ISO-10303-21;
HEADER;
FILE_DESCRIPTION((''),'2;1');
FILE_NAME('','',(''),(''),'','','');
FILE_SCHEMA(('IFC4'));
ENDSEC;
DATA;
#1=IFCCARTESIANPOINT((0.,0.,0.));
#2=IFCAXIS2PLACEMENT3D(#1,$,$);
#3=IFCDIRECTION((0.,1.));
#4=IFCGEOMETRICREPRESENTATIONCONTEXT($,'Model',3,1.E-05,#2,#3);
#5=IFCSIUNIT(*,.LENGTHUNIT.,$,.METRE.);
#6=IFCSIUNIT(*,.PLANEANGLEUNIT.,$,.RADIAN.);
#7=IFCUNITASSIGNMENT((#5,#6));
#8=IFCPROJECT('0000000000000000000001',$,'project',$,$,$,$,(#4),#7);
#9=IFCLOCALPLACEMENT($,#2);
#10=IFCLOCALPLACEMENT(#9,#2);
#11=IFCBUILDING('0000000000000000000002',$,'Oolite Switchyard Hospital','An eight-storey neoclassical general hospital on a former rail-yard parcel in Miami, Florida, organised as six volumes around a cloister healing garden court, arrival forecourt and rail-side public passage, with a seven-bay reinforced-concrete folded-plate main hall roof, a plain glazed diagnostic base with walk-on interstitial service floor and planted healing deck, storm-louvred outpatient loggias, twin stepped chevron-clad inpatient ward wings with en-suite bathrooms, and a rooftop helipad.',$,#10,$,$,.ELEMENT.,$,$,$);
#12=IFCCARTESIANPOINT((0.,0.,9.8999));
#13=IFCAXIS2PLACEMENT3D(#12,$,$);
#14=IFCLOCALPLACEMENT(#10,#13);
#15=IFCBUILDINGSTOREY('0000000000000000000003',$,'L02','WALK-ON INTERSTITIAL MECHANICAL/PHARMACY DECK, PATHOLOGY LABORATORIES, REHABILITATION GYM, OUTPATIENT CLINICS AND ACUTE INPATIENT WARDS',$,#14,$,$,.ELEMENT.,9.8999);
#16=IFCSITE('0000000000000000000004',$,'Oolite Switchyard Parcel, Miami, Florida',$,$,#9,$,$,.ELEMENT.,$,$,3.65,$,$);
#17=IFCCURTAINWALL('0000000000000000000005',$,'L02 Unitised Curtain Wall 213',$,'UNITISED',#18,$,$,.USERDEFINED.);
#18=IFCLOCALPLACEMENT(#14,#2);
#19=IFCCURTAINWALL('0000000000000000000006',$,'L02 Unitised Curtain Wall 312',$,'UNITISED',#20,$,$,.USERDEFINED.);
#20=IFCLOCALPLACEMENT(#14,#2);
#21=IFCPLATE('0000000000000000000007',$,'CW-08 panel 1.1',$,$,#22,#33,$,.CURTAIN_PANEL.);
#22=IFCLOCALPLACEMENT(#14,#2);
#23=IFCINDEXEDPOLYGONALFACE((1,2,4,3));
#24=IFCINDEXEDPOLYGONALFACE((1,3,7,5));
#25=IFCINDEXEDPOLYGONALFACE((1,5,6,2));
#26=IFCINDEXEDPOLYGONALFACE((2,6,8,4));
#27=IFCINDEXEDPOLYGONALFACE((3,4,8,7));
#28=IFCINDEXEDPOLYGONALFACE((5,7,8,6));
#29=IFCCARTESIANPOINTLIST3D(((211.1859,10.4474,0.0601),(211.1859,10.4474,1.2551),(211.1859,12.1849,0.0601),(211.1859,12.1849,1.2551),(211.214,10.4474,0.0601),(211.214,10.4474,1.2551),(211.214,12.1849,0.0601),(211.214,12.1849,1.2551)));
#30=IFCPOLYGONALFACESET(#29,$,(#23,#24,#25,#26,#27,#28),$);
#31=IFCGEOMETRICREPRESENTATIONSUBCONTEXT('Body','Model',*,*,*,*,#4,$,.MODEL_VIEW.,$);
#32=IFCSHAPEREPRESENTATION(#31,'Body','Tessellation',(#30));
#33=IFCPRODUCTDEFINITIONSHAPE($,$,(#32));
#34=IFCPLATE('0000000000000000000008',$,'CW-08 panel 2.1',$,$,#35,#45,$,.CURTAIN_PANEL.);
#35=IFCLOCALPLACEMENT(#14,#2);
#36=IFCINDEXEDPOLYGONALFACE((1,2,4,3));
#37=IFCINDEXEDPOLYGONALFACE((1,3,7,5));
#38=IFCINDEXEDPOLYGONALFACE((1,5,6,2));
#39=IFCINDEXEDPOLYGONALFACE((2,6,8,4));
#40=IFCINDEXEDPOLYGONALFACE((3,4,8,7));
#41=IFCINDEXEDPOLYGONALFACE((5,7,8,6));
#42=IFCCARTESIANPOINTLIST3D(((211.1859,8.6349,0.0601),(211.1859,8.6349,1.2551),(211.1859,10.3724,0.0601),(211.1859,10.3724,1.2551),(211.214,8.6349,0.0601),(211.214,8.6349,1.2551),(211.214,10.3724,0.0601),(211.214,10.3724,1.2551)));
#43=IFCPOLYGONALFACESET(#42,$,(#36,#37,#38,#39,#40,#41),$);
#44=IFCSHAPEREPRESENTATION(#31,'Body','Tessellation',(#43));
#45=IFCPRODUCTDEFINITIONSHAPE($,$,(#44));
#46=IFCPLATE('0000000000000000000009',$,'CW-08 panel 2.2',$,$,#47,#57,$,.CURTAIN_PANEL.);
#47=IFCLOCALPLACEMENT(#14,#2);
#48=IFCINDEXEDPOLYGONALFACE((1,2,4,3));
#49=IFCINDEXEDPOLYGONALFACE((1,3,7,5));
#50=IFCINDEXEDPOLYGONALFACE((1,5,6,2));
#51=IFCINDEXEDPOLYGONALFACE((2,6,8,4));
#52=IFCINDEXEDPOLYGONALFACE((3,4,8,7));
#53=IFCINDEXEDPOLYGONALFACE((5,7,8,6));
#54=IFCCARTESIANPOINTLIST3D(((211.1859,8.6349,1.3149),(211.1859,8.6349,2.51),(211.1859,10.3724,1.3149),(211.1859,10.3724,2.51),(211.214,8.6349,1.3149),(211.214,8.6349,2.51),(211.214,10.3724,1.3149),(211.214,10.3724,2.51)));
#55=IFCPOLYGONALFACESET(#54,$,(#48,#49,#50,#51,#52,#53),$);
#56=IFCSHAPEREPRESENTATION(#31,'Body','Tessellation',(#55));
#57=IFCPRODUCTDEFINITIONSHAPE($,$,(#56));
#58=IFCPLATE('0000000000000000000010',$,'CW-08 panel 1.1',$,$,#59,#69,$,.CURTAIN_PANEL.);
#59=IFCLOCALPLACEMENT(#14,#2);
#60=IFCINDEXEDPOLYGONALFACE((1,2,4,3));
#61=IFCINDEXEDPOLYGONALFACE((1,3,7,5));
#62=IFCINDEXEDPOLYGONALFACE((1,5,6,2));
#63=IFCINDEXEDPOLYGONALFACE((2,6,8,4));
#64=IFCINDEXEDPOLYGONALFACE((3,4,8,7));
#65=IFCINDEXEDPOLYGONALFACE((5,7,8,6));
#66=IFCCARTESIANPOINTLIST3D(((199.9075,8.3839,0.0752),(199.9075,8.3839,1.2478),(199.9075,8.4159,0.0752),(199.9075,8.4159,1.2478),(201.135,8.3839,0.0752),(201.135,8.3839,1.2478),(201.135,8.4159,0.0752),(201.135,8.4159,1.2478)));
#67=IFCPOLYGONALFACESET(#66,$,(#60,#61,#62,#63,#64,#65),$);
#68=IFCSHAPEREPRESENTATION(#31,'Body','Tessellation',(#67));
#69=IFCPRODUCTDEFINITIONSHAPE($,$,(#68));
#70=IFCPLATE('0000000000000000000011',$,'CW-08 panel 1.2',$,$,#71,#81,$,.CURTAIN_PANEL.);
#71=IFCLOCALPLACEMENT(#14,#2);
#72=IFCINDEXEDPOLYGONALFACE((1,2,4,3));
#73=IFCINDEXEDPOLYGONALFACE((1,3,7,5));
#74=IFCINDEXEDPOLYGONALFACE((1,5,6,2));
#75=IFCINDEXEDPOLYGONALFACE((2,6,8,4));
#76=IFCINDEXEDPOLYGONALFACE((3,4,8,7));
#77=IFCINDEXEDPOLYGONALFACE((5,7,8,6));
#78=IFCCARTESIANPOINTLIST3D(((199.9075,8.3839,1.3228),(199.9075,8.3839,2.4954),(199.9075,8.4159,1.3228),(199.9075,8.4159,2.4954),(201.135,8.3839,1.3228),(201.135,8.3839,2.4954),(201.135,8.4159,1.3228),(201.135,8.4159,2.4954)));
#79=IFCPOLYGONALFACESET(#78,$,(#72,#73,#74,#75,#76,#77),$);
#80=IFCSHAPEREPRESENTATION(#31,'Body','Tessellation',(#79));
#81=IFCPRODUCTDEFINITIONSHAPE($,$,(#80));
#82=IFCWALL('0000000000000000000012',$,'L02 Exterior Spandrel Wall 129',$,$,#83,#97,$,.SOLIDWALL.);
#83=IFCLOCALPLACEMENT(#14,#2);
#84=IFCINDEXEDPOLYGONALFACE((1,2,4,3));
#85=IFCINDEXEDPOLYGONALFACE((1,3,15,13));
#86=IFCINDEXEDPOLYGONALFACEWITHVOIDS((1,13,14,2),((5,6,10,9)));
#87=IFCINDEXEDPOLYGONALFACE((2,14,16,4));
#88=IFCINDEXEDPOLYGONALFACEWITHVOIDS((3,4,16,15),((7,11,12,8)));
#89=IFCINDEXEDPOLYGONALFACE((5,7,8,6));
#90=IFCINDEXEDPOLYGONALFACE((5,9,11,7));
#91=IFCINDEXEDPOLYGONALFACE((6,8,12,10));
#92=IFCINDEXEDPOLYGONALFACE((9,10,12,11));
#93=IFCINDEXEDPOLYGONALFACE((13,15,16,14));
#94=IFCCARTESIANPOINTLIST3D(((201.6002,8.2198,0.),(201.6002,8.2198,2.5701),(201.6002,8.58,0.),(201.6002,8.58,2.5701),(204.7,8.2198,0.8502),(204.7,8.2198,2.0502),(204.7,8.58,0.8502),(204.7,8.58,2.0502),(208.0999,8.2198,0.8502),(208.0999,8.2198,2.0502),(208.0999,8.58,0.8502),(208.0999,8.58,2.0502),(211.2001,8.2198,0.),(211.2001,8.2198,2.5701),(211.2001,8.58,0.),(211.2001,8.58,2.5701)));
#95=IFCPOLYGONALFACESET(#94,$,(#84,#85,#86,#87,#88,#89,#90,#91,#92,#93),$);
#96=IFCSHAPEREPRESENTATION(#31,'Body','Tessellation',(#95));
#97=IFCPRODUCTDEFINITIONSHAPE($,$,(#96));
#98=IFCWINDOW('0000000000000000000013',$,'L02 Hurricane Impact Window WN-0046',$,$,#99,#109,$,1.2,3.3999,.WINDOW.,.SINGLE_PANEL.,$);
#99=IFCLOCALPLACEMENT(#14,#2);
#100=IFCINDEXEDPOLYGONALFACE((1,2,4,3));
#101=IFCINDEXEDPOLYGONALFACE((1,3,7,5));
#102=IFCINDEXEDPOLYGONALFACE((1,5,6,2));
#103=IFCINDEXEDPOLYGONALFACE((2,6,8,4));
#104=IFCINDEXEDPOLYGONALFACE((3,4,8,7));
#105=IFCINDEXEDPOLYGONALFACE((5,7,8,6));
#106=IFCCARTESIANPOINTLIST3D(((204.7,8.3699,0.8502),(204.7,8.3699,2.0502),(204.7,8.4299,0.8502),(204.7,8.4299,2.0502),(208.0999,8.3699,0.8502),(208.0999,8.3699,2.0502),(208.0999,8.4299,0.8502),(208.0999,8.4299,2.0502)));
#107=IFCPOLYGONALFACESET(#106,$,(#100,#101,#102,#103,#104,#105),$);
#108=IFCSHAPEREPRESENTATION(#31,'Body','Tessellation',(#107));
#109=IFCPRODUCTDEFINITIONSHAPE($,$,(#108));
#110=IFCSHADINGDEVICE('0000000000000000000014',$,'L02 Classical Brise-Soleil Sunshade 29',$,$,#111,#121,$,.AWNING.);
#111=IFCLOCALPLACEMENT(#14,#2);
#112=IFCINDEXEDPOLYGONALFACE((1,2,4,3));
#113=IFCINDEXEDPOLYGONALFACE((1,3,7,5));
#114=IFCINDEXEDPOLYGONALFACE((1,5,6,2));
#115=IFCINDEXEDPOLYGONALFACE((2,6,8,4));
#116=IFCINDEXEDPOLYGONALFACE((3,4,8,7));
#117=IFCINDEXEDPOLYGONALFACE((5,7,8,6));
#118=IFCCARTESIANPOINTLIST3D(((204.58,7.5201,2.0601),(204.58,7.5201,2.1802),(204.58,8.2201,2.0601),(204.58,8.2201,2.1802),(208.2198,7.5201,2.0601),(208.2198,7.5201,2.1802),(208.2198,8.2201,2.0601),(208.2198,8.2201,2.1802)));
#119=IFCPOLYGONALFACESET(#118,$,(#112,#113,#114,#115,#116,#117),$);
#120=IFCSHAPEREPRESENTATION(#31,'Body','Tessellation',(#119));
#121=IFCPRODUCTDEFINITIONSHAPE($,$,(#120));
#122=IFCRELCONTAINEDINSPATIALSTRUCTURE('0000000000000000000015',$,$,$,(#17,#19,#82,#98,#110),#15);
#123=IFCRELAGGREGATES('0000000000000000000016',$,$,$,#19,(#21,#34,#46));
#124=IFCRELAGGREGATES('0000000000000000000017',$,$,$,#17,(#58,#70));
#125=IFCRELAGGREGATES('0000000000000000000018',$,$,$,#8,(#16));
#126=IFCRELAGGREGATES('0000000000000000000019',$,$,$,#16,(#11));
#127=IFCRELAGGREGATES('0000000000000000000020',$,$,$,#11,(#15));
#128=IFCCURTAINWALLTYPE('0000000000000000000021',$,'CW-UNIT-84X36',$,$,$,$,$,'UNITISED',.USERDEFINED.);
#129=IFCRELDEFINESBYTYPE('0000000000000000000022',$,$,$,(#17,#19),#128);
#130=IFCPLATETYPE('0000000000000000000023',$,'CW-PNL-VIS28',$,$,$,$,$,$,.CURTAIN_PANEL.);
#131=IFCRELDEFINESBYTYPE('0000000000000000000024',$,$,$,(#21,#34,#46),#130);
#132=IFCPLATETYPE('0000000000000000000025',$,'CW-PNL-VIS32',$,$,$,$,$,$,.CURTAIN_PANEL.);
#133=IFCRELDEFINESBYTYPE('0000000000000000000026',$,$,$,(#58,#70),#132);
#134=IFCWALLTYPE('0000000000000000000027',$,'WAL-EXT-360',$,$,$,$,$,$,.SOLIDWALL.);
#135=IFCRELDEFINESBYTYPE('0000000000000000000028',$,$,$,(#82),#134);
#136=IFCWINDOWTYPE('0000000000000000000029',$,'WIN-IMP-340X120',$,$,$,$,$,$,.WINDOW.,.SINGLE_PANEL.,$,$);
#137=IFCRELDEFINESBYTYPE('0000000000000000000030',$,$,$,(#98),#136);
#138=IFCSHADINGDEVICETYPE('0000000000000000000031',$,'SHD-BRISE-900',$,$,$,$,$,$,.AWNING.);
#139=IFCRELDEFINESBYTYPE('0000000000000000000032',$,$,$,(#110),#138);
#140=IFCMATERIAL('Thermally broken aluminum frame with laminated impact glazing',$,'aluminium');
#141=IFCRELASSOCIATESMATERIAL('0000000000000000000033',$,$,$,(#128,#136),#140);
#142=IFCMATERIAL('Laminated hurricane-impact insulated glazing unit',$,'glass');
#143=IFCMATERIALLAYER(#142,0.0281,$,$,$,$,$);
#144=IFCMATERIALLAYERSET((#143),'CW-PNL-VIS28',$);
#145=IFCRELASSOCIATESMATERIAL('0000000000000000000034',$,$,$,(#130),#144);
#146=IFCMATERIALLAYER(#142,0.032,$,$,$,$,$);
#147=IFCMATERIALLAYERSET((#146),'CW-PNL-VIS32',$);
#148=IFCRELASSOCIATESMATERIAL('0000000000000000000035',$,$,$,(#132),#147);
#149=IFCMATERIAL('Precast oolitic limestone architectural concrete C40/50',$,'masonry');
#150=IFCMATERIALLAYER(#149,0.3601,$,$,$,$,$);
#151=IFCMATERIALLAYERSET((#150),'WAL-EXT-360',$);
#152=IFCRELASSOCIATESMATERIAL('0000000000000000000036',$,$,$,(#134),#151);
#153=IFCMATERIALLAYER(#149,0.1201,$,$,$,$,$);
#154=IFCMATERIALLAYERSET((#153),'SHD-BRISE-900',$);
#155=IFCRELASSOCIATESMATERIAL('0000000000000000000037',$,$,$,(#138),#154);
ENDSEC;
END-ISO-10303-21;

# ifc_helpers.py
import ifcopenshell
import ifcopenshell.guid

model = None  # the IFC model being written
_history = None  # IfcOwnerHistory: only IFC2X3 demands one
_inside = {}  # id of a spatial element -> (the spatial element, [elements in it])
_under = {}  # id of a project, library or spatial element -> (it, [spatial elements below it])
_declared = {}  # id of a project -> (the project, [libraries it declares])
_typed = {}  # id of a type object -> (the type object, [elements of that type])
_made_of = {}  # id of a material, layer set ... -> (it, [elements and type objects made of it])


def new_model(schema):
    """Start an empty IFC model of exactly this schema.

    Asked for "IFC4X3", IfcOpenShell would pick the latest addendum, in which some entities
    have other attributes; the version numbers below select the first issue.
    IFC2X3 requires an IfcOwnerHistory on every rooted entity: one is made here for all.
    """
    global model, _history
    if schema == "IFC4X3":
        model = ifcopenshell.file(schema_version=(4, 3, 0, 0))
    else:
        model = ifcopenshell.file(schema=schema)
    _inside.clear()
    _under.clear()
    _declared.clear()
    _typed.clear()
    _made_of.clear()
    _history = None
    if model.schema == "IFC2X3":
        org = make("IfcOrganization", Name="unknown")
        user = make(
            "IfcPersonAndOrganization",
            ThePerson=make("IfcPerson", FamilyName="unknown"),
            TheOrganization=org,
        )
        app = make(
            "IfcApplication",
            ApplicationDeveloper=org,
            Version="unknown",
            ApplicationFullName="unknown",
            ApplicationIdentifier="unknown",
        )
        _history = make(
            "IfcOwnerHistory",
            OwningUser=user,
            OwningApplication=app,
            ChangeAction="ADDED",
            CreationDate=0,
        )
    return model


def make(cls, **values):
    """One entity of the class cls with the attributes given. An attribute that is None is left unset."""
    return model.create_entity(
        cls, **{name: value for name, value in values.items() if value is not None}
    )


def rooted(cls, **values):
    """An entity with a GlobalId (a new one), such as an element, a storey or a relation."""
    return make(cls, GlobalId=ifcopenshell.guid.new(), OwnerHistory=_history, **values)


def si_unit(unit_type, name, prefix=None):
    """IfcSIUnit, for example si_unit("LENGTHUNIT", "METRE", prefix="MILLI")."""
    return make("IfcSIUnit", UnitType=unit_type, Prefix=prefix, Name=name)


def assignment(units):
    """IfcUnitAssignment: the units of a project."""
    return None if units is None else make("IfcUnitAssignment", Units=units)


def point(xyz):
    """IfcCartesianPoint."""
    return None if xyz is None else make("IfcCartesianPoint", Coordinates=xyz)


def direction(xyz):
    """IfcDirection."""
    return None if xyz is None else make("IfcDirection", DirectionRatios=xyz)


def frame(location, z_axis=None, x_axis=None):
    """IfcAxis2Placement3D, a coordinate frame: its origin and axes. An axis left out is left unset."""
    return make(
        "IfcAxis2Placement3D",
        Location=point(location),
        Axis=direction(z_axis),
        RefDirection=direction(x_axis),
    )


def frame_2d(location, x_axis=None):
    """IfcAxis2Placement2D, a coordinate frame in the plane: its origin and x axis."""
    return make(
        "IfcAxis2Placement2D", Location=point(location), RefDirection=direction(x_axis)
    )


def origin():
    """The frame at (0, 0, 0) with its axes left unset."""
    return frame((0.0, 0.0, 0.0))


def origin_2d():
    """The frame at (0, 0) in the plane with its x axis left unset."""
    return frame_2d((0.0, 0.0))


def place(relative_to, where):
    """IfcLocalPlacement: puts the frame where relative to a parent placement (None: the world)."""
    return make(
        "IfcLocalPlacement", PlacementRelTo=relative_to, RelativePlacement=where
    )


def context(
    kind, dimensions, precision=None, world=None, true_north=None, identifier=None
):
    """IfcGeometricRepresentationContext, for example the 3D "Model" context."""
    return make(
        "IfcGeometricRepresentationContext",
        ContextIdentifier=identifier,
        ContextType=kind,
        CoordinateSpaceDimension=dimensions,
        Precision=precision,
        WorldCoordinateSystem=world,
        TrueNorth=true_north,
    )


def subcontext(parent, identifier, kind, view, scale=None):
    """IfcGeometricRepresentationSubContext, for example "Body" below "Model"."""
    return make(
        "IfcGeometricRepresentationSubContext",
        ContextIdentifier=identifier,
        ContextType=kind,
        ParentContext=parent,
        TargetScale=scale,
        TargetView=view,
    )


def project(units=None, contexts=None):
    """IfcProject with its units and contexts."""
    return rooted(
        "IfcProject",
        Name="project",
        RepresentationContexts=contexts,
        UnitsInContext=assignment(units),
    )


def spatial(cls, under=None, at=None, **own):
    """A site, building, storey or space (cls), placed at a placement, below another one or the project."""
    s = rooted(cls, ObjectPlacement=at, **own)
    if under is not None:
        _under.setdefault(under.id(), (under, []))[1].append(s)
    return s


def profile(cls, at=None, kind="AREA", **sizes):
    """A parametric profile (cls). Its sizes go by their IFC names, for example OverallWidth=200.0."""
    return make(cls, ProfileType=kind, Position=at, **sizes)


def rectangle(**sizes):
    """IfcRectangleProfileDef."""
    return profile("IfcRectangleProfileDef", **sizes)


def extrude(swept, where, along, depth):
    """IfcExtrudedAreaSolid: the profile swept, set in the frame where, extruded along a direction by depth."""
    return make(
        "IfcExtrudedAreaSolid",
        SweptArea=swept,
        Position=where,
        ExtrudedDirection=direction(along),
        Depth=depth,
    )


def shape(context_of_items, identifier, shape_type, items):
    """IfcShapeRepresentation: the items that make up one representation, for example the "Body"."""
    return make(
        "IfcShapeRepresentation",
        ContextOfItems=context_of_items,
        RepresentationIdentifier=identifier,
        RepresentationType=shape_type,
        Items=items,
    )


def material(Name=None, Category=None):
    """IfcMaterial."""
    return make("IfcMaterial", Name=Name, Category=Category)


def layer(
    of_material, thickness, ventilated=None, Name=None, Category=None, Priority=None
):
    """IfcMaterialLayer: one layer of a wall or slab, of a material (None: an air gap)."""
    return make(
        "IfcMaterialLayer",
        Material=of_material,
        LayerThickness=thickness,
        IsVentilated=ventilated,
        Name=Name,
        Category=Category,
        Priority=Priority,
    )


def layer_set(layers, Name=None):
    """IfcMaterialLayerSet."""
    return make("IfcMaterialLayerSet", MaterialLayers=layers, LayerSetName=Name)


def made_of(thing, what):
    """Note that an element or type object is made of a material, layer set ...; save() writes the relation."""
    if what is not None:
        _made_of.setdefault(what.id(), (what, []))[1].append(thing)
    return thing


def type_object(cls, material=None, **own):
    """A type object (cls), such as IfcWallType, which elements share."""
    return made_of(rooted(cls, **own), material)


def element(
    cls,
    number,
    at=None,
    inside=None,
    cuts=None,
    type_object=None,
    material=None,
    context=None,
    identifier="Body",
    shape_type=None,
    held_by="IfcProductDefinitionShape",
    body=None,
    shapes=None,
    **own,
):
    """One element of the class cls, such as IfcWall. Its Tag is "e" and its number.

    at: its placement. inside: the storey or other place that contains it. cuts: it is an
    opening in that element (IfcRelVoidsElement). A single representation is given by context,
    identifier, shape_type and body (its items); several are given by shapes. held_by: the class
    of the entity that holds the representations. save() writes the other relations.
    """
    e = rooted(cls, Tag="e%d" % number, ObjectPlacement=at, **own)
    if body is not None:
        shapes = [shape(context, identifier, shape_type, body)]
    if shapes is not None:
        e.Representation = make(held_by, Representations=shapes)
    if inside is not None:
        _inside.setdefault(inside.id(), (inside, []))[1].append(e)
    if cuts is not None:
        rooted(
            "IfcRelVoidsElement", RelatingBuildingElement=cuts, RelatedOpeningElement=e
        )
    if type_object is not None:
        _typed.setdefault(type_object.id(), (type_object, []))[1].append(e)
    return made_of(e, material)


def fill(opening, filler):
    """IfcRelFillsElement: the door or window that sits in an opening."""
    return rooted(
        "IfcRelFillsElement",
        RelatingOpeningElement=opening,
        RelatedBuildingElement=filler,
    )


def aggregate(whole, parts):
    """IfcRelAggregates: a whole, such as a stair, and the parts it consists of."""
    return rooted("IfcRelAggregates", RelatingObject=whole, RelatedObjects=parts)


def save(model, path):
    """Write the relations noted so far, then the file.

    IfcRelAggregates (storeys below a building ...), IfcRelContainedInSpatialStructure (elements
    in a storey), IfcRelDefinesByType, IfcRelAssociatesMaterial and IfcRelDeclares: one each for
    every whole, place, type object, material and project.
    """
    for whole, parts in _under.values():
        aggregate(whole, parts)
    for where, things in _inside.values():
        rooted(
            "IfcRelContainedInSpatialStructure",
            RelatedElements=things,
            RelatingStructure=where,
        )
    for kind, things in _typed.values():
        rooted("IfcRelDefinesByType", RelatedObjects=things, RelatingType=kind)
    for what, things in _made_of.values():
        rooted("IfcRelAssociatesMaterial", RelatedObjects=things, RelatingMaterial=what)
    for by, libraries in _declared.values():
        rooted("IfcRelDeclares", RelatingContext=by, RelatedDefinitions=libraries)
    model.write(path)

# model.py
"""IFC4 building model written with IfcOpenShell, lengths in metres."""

from ifc_helpers import new_model, si_unit, direction, frame, frame_2d, origin, origin_2d, place, context, subcontext, project, spatial, rectangle, extrude, material, layer, layer_set, type_object, element, fill, aggregate, save


model = new_model("IFC4")

# Units and contexts
model_context = context("Model", 3, precision=1e-05, world=origin(), true_north=direction((0.0, 1.0)))
body_context = subcontext(model_context, "Body", "Model", "MODEL_VIEW")
ifc_project = project(units=[si_unit("LENGTHUNIT", "METRE"), si_unit("PLANEANGLEUNIT", "RADIAN")], contexts=[model_context])

# Site, building, storey
site_placement = place(None, origin())
site = spatial("IfcSite", under=ifc_project, at=site_placement, Name="Oolite Switchyard Parcel, Miami, Florida", CompositionType="ELEMENT", RefElevation=3.65)
building_placement = place(site_placement, origin())
building = spatial("IfcBuilding", under=site, at=building_placement, Name="Oolite Switchyard Hospital", Description="An eight-storey neoclassical general hospital on a former rail-yard parcel in Miami, Florida, organised as six volumes around a cloister healing garden court, arrival forecourt and rail-side public passage, with a seven-bay reinforced-concrete folded-plate main hall roof, a plain glazed diagnostic base with walk-on interstitial service floor and planted healing deck, storm-louvred outpatient loggias, twin stepped chevron-clad inpatient ward wings with en-suite bathrooms, and a rooftop helipad.", CompositionType="ELEMENT")
storey_placement = place(building_placement, frame((0.0, 0.0, 9.8999)))
storey = spatial("IfcBuildingStorey", under=building, at=storey_placement, Name="L02", Description="WALK-ON INTERSTITIAL MECHANICAL/PHARMACY DECK, PATHOLOGY LABORATORIES, REHABILITATION GYM, OUTPATIENT CLINICS AND ACUTE INPATIENT WARDS", CompositionType="ELEMENT", Elevation=9.8999)

# Curtain wall
ifc_material_1 = material(Name="Thermally broken aluminum frame with laminated impact glazing", Category="aluminium")
curtain_wall_type = type_object("IfcCurtainWallType", Name="CW-UNIT-84X36", ElementType="UNITISED", PredefinedType="USERDEFINED", material=ifc_material_1)
curtain_wall_1_placement = place(storey_placement, origin())
curtain_wall_1 = element("IfcCurtainWall", 1, at=curtain_wall_1_placement, inside=storey, type_object=curtain_wall_type, Name="L02 Unitised Curtain Wall 213", ObjectType="UNITISED", PredefinedType="USERDEFINED")

# Curtain wall
curtain_wall_2_placement = place(storey_placement, origin())
curtain_wall_2 = element("IfcCurtainWall", 2, at=curtain_wall_2_placement, inside=storey, type_object=curtain_wall_type, Name="L02 Unitised Curtain Wall 312", ObjectType="UNITISED", PredefinedType="USERDEFINED")

# Plates
ifc_material_2 = material(Name="Laminated hurricane-impact insulated glazing unit", Category="glass")
ifc_layer_1 = layer(ifc_material_2, 0.0281)
ifc_layer_set_1 = layer_set([ifc_layer_1], Name="CW-PNL-VIS28")
plate_type_1 = type_object("IfcPlateType", Name="CW-PNL-VIS28", PredefinedType="CURTAIN_PANEL", material=ifc_layer_set_1)
plate_1_placement = place(storey_placement, frame((211.2, 11.3162, 0.0601), z_axis=(0.0, 0.0, 1.0), x_axis=(0.0, -1.0, 0.0)))
plate_1 = element("IfcPlate", 3, at=plate_1_placement, type_object=plate_type_1, Name="CW-08 panel 1.1", PredefinedType="CURTAIN_PANEL", context=body_context, shape_type="SweptSolid", body=[
    extrude(rectangle(XDim=1.7375, YDim=0.0281, at=origin_2d()), origin(), (0.0, 0.0, 1.0), 1.1951),
])
plate_2_placement = place(storey_placement, frame((211.2, 9.5037, 0.0601), z_axis=(0.0, 0.0, 1.0), x_axis=(0.0, -1.0, 0.0)))
plate_2 = element("IfcPlate", 4, at=plate_2_placement, type_object=plate_type_1, Name="CW-08 panel 2.1", PredefinedType="CURTAIN_PANEL", context=body_context, shape_type="SweptSolid", body=[
    extrude(rectangle(XDim=1.7375, YDim=0.0281, at=origin_2d()), origin(), (0.0, 0.0, 1.0), 1.1951),
])
plate_3_placement = place(storey_placement, frame((211.2, 9.5037, 1.3149), z_axis=(0.0, 0.0, 1.0), x_axis=(0.0, -1.0, 0.0)))
plate_3 = element("IfcPlate", 5, at=plate_3_placement, type_object=plate_type_1, Name="CW-08 panel 2.2", PredefinedType="CURTAIN_PANEL", context=body_context, shape_type="SweptSolid", body=[
    extrude(rectangle(XDim=1.7375, YDim=0.0281, at=origin_2d()), origin(), (0.0, 0.0, 1.0), 1.1951),
])
aggregate(curtain_wall_2, [plate_1, plate_2, plate_3])
ifc_layer_2 = layer(ifc_material_2, 0.032)
ifc_layer_set_2 = layer_set([ifc_layer_2], Name="CW-PNL-VIS32")
plate_type_2 = type_object("IfcPlateType", Name="CW-PNL-VIS32", PredefinedType="CURTAIN_PANEL", material=ifc_layer_set_2)
plate_4_placement = place(storey_placement, frame((200.5212, 8.3999, 0.0752), z_axis=(0.0, 0.0, 1.0), x_axis=(-1.0, 0.0, 0.0)))
plate_4 = element("IfcPlate", 6, at=plate_4_placement, type_object=plate_type_2, Name="CW-08 panel 1.1", PredefinedType="CURTAIN_PANEL", context=body_context, shape_type="SweptSolid", body=[
    extrude(rectangle(XDim=1.2275, YDim=0.032, at=origin_2d()), origin(), (0.0, 0.0, 1.0), 1.1726),
])
plate_5_placement = place(storey_placement, frame((200.5212, 8.3999, 1.3228), z_axis=(0.0, 0.0, 1.0), x_axis=(-1.0, 0.0, 0.0)))
plate_5 = element("IfcPlate", 7, at=plate_5_placement, type_object=plate_type_2, Name="CW-08 panel 1.2", PredefinedType="CURTAIN_PANEL", context=body_context, shape_type="SweptSolid", body=[
    extrude(rectangle(XDim=1.2275, YDim=0.032, at=origin_2d()), origin(), (0.0, 0.0, 1.0), 1.1726),
])
aggregate(curtain_wall_1, [plate_4, plate_5])

# Wall, opening, window
ifc_material_3 = material(Name="Precast oolitic limestone architectural concrete C40/50", Category="masonry")
ifc_layer_3 = layer(ifc_material_3, 0.3601)
ifc_layer_set_3 = layer_set([ifc_layer_3], Name="WAL-EXT-360")
wall_type = type_object("IfcWallType", Name="WAL-EXT-360", PredefinedType="SOLIDWALL", material=ifc_layer_set_3)
wall_placement = place(storey_placement, frame((211.2, 8.3999, 0.0), z_axis=(0.0, 0.0, 1.0), x_axis=(-1.0, 0.0, 0.0)))
wall = element("IfcWall", 8, at=wall_placement, inside=storey, type_object=wall_type, Name="L02 Exterior Spandrel Wall 129", PredefinedType="SOLIDWALL", context=body_context, shape_type="SweptSolid", body=[
    extrude(rectangle(XDim=9.5999, YDim=0.3601, at=frame_2d((4.7998, 0.0))), origin(), (0.0, 0.0, 1.0), 2.5701),
])
opening_placement = place(wall_placement, frame((3.1001, 0.0, 0.8501)))
opening = element("IfcOpeningElement", 9, at=opening_placement, cuts=wall, PredefinedType="OPENING", context=body_context, shape_type="SweptSolid", body=[
    extrude(rectangle(XDim=3.3999, YDim=1.2, at=frame_2d((1.7, 0.6001))), frame((0.0, 0.1899, 0.0), z_axis=(0.0, -1.0, 0.0), x_axis=(1.0, 0.0, 0.0)), (0.0, 0.0, 1.0), 0.3801),
])
window_type = type_object("IfcWindowType", Name="WIN-IMP-340X120", PartitioningType="SINGLE_PANEL", PredefinedType="WINDOW", material=ifc_material_1)
window_placement = place(opening_placement, origin())
window = element("IfcWindow", 10, at=window_placement, inside=storey, type_object=window_type, Name="L02 Hurricane Impact Window WN-0046", OverallHeight=1.2, OverallWidth=3.3999, PartitioningType="SINGLE_PANEL", PredefinedType="WINDOW", context=body_context, shape_type="SweptSolid", body=[
    extrude(rectangle(XDim=3.3999, YDim=1.2, at=frame_2d((1.7, 0.6001))), frame((0.0, 0.03, 0.0), z_axis=(0.0, -1.0, 0.0), x_axis=(1.0, 0.0, 0.0)), (0.0, 0.0, 1.0), 0.0601),
])
fill(opening, window)

# Shading device
ifc_layer_4 = layer(ifc_material_3, 0.1201)
ifc_layer_set_4 = layer_set([ifc_layer_4], Name="SHD-BRISE-900")
shading_device_type = type_object("IfcShadingDeviceType", Name="SHD-BRISE-900", PredefinedType="AWNING", material=ifc_layer_set_4)
shading_device_placement = place(storey_placement, frame((206.3999, 7.8701, 2.0601), z_axis=(0.0, 0.0, 1.0), x_axis=(1.0, 0.0, 0.0)))
element("IfcShadingDevice", 11, at=shading_device_placement, inside=storey, type_object=shading_device_type, Name="L02 Classical Brise-Soleil Sunshade 29", PredefinedType="AWNING", context=body_context, shape_type="SweptSolid", body=[
    extrude(rectangle(XDim=3.6399, YDim=0.7, at=origin_2d()), origin(), (0.0, 0.0, 1.0), 0.1201),
])

save(model, "model.ifc")
